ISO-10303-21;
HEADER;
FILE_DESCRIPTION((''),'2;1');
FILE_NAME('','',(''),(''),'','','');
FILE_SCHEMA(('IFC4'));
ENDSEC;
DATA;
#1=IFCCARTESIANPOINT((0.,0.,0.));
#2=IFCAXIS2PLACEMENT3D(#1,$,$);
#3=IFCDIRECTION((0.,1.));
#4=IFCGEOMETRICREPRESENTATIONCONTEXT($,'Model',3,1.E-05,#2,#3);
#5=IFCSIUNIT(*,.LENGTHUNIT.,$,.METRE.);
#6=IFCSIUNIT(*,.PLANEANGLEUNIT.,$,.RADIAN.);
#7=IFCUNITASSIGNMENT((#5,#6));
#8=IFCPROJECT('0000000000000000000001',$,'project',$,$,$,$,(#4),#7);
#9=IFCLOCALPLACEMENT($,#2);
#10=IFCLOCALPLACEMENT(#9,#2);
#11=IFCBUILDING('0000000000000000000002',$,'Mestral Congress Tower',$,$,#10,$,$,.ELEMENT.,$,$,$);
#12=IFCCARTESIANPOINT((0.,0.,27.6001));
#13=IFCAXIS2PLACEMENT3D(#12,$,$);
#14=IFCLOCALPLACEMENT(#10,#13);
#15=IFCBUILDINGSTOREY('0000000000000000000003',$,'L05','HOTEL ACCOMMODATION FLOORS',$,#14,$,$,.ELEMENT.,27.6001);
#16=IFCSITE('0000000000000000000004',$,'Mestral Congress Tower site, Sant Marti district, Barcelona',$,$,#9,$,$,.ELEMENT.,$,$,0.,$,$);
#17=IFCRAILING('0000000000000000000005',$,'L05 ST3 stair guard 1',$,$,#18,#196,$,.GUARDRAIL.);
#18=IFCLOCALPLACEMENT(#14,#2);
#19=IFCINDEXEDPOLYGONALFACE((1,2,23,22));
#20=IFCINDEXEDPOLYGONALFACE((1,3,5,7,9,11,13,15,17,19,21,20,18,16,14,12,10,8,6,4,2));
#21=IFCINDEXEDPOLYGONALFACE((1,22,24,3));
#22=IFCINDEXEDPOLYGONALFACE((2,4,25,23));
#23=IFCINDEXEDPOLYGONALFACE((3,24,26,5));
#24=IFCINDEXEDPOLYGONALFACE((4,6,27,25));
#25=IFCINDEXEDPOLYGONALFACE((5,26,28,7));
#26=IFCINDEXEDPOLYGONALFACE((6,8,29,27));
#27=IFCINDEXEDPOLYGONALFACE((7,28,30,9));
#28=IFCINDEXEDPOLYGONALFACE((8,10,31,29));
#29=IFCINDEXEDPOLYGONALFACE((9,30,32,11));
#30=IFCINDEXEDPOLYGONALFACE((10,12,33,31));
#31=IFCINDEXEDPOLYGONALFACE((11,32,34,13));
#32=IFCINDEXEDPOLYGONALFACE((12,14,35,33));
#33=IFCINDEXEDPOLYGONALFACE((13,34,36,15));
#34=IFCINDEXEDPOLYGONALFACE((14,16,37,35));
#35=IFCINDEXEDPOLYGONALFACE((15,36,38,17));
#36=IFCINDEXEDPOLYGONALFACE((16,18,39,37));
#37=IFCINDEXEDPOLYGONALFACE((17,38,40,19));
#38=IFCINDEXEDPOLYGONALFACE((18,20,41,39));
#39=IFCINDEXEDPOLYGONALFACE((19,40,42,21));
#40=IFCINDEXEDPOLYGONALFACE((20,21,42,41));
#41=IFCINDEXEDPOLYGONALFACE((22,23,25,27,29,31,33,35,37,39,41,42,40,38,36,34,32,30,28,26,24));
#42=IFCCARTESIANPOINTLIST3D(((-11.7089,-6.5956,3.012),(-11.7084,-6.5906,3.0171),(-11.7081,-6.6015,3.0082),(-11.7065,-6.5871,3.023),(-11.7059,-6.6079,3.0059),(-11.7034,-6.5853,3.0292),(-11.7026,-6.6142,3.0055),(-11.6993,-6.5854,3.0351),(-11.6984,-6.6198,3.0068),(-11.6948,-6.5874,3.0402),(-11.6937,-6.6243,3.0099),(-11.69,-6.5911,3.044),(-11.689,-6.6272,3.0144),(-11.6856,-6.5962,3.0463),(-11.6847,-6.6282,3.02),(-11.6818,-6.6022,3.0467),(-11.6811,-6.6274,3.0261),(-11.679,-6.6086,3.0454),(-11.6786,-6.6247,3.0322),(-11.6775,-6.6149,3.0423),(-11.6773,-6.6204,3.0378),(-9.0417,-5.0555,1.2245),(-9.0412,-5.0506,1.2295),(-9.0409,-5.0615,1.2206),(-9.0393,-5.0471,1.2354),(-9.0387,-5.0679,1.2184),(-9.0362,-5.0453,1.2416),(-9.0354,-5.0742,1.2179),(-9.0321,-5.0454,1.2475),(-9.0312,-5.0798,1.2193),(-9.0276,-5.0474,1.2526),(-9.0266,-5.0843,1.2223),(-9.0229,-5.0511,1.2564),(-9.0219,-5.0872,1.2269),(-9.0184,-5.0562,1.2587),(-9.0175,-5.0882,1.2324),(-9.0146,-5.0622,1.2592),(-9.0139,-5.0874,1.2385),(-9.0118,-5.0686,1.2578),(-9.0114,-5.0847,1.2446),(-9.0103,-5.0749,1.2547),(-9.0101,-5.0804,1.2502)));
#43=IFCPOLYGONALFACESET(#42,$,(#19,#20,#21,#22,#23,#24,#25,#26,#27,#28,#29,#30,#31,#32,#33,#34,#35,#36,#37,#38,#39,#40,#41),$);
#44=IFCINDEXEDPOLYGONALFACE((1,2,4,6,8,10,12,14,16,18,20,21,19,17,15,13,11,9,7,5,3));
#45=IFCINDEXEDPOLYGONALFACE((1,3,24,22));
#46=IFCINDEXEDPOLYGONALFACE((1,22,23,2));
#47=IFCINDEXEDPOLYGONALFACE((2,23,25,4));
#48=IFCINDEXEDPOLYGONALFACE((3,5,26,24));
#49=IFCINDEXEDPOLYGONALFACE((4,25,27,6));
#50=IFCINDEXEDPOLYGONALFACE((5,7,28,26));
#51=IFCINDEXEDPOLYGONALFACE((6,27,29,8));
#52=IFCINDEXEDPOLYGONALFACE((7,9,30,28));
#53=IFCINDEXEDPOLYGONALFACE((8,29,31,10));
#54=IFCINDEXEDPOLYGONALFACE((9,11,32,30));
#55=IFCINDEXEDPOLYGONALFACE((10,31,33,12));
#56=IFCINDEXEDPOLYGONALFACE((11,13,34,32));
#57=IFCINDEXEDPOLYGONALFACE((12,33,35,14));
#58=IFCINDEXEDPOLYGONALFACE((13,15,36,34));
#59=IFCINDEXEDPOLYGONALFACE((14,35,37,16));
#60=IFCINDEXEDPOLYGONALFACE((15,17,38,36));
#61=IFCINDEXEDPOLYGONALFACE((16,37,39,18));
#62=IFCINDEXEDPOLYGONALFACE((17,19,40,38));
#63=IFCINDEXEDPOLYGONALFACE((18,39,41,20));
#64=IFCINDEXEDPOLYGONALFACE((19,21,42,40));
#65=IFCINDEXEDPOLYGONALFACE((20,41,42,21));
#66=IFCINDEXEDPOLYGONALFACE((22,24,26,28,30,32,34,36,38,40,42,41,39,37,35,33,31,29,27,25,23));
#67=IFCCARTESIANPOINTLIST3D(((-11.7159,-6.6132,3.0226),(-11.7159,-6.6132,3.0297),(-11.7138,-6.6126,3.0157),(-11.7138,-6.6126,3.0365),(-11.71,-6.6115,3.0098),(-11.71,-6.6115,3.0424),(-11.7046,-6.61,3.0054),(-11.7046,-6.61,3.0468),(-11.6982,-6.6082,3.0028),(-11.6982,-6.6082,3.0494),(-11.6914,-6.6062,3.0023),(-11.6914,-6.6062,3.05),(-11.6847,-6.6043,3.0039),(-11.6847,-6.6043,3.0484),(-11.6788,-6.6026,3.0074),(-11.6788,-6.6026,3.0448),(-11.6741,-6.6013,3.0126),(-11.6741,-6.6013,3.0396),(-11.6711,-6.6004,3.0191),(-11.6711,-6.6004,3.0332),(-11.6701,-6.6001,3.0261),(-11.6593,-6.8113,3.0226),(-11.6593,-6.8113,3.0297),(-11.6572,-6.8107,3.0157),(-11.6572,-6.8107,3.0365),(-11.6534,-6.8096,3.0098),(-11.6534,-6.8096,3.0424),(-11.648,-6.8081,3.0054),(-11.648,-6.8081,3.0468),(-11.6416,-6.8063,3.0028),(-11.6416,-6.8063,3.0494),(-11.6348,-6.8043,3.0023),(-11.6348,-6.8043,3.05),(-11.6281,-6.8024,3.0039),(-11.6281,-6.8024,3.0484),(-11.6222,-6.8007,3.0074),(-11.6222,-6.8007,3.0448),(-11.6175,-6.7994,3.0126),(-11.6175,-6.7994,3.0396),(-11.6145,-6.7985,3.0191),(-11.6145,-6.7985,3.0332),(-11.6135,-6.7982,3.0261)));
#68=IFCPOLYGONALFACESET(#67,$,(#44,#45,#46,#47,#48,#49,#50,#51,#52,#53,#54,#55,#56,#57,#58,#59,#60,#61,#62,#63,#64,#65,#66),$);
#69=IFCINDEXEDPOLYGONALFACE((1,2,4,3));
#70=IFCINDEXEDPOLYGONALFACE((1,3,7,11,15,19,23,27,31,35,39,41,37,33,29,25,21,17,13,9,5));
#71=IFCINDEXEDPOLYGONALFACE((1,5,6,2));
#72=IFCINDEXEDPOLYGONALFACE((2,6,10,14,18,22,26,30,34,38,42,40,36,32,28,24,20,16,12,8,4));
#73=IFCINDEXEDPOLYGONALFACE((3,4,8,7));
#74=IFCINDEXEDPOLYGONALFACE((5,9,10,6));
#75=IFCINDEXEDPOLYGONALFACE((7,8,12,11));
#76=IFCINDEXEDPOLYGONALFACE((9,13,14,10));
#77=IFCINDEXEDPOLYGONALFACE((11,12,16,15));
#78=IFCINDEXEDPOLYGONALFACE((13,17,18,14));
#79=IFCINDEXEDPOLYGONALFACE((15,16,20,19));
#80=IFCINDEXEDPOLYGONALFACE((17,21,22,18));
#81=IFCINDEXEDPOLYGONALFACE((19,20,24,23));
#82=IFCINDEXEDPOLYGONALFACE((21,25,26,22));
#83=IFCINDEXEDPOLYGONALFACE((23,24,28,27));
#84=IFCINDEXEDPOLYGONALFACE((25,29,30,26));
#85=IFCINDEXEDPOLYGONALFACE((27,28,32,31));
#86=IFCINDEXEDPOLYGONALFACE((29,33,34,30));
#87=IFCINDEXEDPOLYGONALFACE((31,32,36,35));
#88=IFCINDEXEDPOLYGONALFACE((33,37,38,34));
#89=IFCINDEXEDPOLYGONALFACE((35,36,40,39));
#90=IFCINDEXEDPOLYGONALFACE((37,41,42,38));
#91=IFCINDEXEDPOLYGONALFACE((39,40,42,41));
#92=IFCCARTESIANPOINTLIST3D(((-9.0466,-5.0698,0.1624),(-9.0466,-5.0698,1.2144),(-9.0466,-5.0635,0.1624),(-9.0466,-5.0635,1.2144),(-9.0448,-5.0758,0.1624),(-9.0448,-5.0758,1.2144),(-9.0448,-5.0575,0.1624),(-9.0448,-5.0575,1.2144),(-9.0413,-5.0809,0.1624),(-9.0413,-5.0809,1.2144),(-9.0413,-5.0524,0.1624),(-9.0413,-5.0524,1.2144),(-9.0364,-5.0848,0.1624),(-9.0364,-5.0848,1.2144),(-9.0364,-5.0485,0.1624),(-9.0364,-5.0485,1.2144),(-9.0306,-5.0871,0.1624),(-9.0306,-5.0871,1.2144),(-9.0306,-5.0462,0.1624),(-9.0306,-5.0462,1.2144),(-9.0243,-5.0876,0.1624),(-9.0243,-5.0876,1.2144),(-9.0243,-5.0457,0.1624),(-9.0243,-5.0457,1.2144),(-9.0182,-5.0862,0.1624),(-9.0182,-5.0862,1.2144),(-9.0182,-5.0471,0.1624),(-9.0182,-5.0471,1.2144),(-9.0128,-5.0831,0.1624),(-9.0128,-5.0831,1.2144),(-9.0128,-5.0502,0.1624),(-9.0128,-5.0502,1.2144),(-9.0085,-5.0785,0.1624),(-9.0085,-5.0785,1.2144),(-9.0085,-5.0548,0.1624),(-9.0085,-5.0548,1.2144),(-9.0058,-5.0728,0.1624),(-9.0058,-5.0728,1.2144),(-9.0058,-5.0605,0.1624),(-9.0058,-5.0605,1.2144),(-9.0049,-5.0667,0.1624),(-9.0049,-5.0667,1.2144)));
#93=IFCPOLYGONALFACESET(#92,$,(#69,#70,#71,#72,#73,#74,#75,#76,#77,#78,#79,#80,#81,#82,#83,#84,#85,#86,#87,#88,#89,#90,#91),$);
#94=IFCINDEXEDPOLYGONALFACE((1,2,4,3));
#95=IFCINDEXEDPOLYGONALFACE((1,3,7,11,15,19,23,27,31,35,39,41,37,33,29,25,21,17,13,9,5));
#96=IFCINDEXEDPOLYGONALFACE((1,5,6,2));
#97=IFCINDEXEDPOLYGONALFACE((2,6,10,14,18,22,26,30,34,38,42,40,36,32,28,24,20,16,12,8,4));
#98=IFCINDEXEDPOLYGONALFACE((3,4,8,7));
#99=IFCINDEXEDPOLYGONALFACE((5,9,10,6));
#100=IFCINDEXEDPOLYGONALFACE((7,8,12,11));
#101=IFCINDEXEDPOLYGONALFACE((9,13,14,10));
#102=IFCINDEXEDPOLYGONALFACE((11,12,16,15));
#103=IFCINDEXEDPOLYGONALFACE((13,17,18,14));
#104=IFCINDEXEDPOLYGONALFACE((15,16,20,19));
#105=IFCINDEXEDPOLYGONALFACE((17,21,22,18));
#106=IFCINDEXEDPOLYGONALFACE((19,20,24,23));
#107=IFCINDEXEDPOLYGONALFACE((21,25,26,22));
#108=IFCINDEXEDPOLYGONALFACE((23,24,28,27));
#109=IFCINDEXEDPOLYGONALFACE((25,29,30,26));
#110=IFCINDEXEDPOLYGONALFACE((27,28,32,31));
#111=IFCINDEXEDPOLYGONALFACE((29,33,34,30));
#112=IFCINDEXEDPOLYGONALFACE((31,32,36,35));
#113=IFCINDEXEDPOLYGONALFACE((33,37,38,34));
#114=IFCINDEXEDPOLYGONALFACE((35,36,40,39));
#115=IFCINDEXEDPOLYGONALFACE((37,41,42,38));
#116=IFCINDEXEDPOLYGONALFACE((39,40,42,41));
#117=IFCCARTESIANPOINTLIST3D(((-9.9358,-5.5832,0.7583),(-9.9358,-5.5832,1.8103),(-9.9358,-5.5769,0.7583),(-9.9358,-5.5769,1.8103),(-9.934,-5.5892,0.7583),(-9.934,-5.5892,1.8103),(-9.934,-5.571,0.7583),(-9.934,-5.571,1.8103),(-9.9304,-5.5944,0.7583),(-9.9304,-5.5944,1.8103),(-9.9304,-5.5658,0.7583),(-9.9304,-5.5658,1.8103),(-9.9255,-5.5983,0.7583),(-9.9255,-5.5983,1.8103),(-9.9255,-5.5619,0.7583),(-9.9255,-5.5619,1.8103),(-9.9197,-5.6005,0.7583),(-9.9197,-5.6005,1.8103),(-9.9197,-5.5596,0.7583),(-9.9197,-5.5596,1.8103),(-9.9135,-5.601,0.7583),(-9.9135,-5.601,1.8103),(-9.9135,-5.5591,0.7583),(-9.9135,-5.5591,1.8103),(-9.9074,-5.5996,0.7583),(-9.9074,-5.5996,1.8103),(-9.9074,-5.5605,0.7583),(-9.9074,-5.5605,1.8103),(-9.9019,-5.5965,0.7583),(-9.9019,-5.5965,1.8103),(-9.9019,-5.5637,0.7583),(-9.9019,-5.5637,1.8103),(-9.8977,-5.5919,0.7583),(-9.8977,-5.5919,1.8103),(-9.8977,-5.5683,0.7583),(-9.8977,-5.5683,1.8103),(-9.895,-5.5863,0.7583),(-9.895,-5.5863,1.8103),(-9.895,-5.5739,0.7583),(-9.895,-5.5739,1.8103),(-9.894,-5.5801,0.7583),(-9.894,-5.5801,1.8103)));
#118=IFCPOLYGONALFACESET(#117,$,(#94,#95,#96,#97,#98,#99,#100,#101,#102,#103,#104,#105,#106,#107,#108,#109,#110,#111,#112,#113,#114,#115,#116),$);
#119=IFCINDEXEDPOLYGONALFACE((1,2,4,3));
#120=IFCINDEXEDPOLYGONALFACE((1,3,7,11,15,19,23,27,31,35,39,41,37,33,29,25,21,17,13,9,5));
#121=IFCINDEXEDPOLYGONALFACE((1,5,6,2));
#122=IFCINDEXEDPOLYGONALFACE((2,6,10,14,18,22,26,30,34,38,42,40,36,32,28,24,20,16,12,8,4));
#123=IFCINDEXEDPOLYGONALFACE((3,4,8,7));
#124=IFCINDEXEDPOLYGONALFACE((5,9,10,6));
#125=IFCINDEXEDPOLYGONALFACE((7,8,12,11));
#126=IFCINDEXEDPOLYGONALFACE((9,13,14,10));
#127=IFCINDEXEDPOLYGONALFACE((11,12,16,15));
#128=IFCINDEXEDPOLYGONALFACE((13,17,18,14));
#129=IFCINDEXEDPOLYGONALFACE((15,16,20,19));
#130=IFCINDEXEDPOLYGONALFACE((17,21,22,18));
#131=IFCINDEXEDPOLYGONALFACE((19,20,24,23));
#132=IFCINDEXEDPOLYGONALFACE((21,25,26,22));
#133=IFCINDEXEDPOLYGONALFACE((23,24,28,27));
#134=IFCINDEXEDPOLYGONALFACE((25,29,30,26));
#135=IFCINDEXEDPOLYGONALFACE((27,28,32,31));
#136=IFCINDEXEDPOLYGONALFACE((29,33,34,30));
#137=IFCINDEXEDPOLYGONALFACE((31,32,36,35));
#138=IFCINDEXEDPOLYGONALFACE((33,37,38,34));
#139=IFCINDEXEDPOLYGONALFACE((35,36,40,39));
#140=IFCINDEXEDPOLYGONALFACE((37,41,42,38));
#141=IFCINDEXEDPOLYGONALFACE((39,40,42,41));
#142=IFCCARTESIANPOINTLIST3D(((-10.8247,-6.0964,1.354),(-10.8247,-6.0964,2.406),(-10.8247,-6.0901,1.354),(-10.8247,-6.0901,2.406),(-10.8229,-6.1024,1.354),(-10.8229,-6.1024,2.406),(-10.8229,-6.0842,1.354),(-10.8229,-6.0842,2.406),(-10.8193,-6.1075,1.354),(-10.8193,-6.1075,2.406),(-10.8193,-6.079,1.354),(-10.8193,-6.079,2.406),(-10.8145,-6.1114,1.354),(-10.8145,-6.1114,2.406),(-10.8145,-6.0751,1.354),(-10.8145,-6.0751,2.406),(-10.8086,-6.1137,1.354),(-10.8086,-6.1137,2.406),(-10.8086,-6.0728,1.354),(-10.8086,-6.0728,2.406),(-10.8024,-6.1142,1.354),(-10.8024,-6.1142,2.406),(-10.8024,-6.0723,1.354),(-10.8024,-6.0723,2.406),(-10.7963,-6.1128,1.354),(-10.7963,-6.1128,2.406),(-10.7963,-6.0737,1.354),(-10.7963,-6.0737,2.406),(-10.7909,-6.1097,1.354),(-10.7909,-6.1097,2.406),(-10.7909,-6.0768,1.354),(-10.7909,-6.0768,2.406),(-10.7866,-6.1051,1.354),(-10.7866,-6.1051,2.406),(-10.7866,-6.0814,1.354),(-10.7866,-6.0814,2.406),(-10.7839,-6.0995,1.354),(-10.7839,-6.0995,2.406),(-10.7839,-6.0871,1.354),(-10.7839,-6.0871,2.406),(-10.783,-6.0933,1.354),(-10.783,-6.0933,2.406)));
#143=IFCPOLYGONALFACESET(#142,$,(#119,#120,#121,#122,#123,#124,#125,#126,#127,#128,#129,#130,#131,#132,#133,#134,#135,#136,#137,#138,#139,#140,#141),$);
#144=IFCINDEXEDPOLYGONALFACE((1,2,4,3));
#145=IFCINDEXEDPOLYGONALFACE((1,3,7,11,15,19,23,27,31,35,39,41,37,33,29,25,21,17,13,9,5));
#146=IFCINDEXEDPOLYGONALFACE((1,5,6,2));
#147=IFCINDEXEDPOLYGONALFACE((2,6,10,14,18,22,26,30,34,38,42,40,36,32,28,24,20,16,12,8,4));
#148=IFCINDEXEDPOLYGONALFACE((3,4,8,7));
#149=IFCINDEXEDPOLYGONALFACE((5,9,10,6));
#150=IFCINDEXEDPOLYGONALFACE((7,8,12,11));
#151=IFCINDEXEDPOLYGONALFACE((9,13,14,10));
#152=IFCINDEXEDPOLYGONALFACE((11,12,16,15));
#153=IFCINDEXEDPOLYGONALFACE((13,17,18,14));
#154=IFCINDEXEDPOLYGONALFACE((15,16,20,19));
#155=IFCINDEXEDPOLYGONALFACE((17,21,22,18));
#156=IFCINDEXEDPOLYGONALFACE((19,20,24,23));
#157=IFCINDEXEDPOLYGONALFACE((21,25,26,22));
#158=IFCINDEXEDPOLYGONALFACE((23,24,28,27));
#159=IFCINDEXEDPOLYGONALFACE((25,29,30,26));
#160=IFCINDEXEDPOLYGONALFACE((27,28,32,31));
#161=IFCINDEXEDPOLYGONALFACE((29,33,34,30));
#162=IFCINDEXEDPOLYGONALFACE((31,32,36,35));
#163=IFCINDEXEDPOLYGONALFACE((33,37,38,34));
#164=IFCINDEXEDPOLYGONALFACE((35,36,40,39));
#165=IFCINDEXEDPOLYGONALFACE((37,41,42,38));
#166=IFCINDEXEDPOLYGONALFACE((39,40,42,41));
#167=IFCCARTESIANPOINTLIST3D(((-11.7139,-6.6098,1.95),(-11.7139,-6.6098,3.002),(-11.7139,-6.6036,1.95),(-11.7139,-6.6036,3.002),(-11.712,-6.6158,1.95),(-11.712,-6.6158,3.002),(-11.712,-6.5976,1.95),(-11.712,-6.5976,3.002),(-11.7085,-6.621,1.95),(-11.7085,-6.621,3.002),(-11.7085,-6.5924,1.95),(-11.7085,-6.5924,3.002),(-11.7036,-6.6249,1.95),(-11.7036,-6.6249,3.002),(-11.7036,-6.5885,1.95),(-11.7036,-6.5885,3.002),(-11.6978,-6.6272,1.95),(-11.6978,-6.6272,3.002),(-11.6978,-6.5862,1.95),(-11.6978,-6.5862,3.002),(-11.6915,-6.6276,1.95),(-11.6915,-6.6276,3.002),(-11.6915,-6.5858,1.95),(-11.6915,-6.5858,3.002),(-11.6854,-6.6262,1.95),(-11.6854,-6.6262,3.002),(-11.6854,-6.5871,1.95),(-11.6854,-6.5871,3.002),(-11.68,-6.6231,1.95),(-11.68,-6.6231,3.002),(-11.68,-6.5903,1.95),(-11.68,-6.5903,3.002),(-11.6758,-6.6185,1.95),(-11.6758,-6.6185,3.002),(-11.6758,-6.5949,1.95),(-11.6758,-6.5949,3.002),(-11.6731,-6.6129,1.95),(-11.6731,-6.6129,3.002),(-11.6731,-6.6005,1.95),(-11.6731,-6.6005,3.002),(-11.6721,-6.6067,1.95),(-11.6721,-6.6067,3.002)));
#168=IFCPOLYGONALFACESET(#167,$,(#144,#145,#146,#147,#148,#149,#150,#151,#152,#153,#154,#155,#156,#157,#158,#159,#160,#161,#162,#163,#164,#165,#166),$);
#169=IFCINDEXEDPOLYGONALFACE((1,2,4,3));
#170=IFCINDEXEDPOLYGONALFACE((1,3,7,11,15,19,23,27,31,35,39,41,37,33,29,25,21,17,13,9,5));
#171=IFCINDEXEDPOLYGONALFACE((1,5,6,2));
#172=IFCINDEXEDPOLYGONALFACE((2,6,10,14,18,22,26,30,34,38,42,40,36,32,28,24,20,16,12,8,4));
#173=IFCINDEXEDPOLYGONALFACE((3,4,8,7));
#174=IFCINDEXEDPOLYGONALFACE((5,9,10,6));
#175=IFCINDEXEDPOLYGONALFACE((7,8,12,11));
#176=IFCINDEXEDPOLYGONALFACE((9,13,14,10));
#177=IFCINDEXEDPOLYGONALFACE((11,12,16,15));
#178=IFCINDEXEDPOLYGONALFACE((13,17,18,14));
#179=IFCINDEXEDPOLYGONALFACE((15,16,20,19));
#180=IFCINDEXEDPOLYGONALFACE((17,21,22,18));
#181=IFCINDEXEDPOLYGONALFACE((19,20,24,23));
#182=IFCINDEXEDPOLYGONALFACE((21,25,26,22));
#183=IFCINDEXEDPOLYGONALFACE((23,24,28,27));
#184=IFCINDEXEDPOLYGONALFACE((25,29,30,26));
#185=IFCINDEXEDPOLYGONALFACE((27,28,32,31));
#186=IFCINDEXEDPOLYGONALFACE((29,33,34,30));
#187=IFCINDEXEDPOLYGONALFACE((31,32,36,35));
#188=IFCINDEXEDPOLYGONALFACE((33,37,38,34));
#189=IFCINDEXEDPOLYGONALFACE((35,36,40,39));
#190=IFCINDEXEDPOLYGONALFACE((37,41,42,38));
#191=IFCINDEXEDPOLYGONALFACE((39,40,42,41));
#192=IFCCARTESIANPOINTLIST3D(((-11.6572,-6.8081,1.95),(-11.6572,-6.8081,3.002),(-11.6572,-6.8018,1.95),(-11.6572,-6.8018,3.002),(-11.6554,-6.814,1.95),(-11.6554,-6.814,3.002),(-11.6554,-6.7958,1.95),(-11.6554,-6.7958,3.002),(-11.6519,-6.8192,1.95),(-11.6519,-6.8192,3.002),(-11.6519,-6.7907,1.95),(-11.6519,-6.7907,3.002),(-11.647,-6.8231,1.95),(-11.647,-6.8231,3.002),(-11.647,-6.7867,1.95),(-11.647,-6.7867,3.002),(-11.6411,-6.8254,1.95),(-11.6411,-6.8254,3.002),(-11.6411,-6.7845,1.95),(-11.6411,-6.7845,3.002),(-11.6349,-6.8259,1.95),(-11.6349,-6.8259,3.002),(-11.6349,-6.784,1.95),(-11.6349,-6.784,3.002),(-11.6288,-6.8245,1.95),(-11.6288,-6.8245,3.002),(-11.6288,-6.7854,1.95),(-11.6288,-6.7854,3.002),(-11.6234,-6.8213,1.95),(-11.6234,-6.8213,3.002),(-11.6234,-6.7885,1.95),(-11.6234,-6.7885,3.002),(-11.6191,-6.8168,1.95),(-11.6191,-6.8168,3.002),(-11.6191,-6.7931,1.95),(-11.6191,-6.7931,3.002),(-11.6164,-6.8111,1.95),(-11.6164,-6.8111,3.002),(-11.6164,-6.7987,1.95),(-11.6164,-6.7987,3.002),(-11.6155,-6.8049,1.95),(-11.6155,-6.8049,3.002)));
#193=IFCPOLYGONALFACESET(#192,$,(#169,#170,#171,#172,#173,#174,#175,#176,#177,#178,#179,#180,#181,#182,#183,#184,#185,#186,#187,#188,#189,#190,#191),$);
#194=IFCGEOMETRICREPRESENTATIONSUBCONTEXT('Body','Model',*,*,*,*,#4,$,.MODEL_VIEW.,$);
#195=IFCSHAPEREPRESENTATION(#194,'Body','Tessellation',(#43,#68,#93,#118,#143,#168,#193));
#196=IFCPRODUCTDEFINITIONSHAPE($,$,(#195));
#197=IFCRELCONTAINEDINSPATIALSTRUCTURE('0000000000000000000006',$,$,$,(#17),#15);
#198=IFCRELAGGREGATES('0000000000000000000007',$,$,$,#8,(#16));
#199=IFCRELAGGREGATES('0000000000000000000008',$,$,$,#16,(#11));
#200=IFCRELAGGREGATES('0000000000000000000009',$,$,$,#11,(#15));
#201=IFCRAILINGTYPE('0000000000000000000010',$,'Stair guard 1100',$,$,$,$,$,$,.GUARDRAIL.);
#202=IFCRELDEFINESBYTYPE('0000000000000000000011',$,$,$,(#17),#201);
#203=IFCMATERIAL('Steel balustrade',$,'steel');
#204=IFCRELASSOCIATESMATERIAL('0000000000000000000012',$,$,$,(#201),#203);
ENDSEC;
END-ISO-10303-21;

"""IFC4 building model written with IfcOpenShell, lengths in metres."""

from ifc_helpers import new_model, si_unit, direction, frame, origin, origin_2d, place, context, subcontext, project, spatial, circle, extrude, material, type_object, element, save


model = new_model("IFC4")

# Units and contexts
model_context = context("Model", 3, precision=1e-05, world=origin(), true_north=direction((0.0, 1.0)))
body_context = subcontext(model_context, "Body", "Model", "MODEL_VIEW")
ifc_project = project(units=[si_unit("LENGTHUNIT", "METRE"), si_unit("PLANEANGLEUNIT", "RADIAN")], contexts=[model_context])

# Site, building, storey
site_placement = place(None, origin())
site = spatial("IfcSite", under=ifc_project, at=site_placement, Name="Mestral Congress Tower site, Sant Marti district, Barcelona", CompositionType="ELEMENT", RefElevation=0.0)
building_placement = place(site_placement, origin())
building = spatial("IfcBuilding", under=site, at=building_placement, Name="Mestral Congress Tower", CompositionType="ELEMENT")
storey_placement = place(building_placement, frame((0.0, 0.0, 27.6001)))
storey = spatial("IfcBuildingStorey", under=building, at=storey_placement, Name="L05", Description="HOTEL ACCOMMODATION FLOORS", CompositionType="ELEMENT", Elevation=27.6001)

# Railing
ifc_material_1 = material(Name="Steel balustrade", Category="steel")
railing_type_1 = type_object("IfcRailingType", Name="Stair guard 1100", PredefinedType="GUARDRAIL", material=ifc_material_1)
railing_1_placement = place(storey_placement, frame((-9.0259, -5.0667, 0.1624)))
element("IfcRailing", 1, at=railing_1_placement, inside=storey, type_object=railing_type_1, Name="L05 ST3 stair guard 1", PredefinedType="GUARDRAIL", context=body_context, shape_type="SweptSolid", body=[
    extrude(circle(Radius=0.0239, at=origin_2d()), frame((0.0, 0.0, 1.0762), z_axis=(-0.748994, -0.432463, 0.50198), x_axis=(0.500027, -0.86601, 0.0)), (0.0, 0.0, 1.0), 3.561),
    extrude(circle(Radius=0.0239, at=origin_2d()), frame((-2.6672, -1.54, 2.8638), z_axis=(0.274721, -0.961524, 0.0), x_axis=(0.961524, 0.274721, 0.0)), (0.0, 0.0, 1.0), 0.2061),
    extrude(circle(Radius=0.021, at=origin_2d()), origin(), (0.0, 0.0, 1.0), 1.052),
    extrude(circle(Radius=0.021, at=origin_2d()), frame((-0.8892, -0.5134, 0.5959)), (0.0, 0.0, 1.0), 1.052),
    extrude(circle(Radius=0.021, at=origin_2d()), frame((-1.7781, -1.0266, 1.1917)), (0.0, 0.0, 1.0), 1.052),
    extrude(circle(Radius=0.021, at=origin_2d()), frame((-2.6672, -1.54, 1.7876)), (0.0, 0.0, 1.0), 1.052),
    extrude(circle(Radius=0.021, at=origin_2d()), frame((-2.6106, -1.7383, 1.7876)), (0.0, 0.0, 1.0), 1.052),
])

save(model, "model.ifc")
